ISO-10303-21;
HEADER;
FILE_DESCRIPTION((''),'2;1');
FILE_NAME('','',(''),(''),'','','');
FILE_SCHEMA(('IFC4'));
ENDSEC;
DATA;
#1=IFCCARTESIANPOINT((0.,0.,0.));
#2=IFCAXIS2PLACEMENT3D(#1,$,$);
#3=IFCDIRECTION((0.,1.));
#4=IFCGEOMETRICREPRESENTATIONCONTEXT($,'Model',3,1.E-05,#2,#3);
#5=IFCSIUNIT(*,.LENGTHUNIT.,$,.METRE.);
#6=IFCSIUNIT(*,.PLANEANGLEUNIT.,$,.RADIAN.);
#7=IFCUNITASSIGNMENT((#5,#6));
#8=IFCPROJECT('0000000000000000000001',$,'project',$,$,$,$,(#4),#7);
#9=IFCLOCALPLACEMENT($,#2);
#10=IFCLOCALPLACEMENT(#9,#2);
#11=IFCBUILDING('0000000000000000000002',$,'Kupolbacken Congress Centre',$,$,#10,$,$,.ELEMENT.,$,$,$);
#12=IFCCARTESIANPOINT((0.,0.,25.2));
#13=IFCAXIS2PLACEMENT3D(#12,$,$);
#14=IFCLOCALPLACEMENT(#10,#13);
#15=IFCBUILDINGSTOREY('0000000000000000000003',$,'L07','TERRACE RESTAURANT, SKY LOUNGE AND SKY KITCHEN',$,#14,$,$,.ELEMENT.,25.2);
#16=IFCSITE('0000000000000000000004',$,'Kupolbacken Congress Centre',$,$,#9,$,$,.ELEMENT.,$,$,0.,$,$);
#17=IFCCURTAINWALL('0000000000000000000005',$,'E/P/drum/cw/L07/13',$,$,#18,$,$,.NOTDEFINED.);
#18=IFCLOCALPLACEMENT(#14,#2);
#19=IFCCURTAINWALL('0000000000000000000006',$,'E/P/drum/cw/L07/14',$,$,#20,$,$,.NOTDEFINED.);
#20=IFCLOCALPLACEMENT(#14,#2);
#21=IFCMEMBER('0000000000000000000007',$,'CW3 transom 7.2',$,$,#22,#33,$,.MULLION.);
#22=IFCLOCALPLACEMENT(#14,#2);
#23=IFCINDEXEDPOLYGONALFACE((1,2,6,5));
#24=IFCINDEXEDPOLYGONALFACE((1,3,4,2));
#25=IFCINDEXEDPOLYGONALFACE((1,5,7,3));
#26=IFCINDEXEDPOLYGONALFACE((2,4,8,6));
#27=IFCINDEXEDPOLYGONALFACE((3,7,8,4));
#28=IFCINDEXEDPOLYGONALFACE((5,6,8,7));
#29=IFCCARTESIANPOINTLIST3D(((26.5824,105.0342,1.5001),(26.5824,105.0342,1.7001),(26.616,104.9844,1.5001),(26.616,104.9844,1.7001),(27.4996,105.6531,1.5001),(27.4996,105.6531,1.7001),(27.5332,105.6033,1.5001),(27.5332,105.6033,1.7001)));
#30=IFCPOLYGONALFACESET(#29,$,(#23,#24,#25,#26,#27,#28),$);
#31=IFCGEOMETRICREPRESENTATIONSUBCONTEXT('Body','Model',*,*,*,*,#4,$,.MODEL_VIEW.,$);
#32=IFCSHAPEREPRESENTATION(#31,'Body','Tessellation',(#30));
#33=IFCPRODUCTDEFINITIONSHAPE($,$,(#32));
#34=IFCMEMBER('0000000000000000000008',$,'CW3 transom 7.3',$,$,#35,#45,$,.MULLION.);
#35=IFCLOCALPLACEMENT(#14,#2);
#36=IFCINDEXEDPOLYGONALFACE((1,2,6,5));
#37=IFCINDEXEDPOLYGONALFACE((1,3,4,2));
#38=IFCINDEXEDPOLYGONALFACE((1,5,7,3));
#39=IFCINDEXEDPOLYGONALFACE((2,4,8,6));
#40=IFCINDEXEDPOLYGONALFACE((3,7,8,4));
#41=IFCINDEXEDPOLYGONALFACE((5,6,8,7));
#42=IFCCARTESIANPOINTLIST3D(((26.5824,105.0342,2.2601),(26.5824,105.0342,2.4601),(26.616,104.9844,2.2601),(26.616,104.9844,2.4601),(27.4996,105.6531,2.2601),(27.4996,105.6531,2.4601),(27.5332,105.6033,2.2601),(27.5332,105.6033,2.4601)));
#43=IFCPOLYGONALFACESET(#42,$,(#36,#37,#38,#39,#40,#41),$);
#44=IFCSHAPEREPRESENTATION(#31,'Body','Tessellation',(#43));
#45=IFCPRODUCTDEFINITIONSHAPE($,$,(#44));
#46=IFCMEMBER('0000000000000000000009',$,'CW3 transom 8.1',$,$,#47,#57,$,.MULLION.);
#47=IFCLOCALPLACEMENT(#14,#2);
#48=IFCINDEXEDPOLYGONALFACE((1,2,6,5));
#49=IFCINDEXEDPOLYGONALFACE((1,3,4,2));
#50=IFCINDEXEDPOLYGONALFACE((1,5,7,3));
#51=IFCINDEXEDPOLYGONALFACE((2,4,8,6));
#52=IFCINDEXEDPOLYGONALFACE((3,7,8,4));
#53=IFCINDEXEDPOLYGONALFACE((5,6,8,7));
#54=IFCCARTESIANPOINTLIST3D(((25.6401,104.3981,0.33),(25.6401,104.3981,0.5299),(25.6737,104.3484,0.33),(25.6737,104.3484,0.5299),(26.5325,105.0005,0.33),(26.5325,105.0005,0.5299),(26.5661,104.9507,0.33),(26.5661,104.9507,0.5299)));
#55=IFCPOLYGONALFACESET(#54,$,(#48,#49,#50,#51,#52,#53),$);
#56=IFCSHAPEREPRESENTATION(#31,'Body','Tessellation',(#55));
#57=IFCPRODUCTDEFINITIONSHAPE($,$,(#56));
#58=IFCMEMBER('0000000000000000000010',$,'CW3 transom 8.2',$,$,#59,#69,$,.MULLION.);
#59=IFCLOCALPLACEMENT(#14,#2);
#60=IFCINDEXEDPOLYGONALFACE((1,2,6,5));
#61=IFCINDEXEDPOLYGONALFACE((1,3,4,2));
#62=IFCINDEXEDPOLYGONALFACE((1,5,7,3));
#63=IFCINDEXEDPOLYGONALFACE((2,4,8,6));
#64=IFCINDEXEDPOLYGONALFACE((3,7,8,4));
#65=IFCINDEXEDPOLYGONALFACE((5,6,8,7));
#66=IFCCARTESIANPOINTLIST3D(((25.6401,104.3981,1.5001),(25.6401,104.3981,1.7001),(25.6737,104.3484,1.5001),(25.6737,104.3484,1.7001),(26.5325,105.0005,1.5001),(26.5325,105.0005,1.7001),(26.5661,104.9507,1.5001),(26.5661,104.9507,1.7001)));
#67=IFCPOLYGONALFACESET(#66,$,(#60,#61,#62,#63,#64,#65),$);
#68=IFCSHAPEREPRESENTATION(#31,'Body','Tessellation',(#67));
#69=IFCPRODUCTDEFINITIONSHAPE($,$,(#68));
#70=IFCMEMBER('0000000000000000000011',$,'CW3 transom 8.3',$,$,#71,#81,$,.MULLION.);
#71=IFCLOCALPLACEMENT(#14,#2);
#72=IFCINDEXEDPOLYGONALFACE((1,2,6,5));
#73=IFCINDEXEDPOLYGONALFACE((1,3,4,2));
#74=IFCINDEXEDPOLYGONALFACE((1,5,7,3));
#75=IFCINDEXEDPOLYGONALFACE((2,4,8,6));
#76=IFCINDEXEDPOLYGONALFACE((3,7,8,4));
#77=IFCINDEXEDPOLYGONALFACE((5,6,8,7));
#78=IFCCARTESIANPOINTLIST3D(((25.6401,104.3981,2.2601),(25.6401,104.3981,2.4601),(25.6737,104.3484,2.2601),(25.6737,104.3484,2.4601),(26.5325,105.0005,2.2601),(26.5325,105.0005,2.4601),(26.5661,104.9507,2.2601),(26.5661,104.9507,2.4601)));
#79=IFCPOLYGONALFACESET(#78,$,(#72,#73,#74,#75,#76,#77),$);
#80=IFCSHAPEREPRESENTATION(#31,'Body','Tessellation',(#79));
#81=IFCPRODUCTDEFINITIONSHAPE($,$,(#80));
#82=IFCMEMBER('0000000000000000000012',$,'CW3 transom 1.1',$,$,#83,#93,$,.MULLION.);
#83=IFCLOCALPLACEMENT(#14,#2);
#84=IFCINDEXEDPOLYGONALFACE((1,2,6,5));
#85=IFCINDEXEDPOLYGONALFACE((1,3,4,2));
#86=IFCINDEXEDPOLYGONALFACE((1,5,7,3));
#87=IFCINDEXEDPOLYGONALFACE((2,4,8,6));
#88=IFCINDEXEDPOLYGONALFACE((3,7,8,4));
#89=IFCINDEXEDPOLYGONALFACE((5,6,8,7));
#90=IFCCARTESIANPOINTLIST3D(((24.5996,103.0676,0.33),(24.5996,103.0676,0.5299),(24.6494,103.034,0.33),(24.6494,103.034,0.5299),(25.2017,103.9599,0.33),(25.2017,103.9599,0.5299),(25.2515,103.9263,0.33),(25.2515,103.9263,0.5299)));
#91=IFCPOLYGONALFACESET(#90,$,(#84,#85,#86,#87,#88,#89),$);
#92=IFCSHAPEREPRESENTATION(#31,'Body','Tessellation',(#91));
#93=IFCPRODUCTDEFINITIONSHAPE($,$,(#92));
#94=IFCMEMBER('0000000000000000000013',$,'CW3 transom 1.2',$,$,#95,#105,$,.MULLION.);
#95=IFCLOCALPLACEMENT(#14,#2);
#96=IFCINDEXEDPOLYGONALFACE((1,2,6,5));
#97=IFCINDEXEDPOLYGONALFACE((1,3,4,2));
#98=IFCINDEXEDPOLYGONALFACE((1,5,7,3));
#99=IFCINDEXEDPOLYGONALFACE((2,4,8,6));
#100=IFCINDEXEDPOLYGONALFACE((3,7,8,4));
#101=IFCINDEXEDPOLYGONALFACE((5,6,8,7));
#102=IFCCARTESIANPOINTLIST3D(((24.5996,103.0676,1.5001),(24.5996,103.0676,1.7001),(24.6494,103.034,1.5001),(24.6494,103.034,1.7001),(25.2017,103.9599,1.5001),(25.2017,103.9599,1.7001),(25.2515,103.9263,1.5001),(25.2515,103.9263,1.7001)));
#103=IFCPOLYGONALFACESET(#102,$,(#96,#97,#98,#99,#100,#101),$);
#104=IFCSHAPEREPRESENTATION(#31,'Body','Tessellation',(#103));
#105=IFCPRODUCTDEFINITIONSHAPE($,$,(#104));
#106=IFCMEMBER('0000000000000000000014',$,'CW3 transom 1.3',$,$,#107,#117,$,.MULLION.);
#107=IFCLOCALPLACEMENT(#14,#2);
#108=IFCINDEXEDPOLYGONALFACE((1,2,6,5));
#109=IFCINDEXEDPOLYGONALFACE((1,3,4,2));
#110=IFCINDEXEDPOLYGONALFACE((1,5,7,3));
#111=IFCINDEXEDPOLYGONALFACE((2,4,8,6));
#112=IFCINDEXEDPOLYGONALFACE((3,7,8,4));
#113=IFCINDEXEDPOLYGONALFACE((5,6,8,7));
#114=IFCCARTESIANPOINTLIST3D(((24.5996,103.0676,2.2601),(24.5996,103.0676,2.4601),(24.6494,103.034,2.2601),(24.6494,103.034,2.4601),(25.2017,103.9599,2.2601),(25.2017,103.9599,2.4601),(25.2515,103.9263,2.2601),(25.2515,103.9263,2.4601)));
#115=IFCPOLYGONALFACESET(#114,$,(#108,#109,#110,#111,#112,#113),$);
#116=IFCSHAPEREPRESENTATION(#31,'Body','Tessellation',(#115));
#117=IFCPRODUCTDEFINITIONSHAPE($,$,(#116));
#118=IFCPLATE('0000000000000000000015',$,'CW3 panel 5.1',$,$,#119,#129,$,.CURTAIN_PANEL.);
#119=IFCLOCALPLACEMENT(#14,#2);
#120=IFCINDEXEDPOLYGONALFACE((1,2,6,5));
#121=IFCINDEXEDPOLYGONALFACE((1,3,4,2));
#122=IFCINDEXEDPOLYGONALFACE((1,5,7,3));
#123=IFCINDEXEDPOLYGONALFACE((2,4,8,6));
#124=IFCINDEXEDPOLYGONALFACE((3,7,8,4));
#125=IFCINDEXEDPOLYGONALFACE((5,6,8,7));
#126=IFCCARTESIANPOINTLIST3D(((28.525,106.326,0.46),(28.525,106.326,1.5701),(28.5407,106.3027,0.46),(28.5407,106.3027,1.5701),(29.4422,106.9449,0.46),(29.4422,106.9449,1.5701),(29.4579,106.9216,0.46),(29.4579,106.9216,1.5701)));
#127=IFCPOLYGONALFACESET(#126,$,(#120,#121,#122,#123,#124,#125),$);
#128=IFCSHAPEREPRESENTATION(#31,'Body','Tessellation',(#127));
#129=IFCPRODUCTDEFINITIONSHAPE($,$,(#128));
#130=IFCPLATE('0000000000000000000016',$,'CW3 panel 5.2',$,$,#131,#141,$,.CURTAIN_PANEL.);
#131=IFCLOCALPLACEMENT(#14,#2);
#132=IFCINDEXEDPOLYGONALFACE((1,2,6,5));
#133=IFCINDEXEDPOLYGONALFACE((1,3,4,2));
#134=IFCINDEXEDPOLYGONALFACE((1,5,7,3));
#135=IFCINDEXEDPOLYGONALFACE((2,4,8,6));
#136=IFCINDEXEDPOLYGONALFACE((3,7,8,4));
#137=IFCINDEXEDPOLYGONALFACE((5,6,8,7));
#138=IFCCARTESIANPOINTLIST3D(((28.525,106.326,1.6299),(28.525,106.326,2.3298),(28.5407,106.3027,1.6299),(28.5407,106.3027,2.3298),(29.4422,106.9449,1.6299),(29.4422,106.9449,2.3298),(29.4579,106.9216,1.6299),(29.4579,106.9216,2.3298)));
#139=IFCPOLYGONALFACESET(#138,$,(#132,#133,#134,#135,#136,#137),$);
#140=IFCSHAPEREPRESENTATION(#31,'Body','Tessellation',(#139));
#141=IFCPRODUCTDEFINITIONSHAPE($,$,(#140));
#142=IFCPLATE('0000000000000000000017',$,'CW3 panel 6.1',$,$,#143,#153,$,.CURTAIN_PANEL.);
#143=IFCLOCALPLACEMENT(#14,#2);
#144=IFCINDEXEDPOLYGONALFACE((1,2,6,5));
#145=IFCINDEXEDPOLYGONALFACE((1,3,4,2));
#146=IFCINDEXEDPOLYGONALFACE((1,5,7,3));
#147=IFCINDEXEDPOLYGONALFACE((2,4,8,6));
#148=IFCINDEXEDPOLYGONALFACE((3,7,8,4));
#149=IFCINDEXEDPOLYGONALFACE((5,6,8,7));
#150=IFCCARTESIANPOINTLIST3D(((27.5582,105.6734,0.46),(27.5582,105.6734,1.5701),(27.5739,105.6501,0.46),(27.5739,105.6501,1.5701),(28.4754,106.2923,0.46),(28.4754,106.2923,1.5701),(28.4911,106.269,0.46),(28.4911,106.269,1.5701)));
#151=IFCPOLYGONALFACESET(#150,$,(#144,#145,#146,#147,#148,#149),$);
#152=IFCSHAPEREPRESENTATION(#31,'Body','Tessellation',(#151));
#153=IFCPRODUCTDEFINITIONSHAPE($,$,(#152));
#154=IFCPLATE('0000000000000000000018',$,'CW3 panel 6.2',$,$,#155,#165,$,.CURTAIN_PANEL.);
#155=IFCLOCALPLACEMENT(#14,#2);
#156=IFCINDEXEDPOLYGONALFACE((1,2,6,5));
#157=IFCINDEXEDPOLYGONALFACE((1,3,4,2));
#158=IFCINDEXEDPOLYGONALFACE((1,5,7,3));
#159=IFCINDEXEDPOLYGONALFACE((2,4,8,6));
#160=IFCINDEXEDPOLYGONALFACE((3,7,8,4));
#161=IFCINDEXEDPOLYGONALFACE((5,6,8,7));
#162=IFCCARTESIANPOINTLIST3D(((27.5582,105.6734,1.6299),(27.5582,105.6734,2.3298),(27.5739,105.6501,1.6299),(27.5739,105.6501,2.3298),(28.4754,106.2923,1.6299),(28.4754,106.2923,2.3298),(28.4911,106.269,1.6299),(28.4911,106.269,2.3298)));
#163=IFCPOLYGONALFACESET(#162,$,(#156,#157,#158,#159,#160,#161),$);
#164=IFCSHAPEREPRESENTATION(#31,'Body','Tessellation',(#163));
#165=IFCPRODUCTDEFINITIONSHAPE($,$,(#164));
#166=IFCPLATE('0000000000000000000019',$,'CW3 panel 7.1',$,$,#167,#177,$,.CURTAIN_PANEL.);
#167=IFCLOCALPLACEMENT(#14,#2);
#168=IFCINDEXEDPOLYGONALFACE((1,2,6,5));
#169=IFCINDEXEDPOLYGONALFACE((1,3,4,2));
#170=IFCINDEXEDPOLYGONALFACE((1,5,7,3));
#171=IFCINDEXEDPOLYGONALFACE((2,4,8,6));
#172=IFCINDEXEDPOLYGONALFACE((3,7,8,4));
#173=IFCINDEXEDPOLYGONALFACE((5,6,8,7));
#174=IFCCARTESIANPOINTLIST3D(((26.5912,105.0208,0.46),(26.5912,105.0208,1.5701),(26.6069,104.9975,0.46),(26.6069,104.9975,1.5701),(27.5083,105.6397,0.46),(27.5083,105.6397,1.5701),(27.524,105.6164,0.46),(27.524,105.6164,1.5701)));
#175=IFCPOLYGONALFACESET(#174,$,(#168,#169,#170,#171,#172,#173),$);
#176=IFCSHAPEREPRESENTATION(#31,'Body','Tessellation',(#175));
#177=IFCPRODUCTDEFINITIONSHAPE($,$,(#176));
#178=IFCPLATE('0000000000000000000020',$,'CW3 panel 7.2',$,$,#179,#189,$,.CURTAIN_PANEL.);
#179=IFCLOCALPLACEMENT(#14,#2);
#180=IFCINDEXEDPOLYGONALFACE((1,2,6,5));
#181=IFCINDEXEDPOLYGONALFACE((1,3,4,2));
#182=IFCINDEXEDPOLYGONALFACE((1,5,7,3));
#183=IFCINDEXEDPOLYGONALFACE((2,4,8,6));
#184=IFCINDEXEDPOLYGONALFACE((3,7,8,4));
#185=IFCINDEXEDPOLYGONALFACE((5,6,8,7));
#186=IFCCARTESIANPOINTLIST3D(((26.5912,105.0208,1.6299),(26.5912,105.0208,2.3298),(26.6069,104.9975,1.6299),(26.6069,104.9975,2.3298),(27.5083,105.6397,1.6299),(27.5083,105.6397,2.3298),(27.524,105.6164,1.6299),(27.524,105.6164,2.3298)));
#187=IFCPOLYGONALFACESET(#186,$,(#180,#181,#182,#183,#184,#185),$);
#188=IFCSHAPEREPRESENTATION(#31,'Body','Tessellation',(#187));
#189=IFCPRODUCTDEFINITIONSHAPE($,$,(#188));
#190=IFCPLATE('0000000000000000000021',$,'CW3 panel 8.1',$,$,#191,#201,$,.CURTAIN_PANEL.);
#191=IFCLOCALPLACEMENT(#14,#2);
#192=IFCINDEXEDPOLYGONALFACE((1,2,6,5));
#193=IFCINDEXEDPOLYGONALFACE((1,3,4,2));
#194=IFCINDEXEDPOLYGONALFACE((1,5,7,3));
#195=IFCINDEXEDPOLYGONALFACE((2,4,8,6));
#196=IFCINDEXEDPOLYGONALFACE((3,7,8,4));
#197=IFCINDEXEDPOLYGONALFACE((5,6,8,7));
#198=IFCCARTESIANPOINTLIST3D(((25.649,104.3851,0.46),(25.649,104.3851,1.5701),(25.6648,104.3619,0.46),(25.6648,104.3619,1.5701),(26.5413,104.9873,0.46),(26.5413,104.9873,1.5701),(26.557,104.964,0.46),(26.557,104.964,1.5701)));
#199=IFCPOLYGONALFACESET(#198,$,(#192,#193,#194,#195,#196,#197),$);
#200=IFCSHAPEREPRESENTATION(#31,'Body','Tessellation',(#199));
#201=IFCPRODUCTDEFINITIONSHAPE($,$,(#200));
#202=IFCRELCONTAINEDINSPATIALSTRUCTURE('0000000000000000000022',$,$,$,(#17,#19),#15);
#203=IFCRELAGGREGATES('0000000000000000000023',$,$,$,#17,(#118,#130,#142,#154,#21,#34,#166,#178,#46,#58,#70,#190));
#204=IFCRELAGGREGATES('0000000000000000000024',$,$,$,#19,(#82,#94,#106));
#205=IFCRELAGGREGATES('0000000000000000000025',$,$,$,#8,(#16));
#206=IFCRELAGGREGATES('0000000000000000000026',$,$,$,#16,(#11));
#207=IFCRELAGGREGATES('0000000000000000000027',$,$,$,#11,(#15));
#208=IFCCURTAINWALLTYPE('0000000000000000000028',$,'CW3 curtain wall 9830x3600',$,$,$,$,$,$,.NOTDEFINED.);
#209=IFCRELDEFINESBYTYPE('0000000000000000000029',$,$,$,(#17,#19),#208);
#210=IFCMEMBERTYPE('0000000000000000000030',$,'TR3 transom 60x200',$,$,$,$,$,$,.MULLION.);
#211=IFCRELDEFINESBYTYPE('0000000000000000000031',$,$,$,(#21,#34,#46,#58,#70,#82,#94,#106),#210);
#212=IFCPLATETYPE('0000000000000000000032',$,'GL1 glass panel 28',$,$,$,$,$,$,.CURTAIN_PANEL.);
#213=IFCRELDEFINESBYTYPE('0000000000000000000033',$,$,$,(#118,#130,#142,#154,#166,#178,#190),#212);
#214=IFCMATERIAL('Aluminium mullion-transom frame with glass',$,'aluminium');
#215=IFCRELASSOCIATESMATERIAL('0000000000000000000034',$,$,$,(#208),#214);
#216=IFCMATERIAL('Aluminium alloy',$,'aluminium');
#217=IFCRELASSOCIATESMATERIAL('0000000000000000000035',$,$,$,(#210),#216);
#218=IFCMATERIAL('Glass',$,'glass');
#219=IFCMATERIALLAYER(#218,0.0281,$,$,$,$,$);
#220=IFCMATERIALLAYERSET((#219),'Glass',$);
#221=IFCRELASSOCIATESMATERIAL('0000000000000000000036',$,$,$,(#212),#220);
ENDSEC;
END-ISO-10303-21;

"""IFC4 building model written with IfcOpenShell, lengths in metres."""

from ifc_helpers import new_model, si_unit, direction, frame, origin, origin_2d, place, context, subcontext, project, spatial, rectangle, extrude, material, layer, layer_set, material_profile, profile_set, type_object, element, aggregate, save


model = new_model("IFC4")

# Units and contexts
model_context = context("Model", 3, precision=1e-05, world=origin(), true_north=direction((0.0, 1.0)))
body_context = subcontext(model_context, "Body", "Model", "MODEL_VIEW")
ifc_project = project(units=[si_unit("LENGTHUNIT", "METRE"), si_unit("PLANEANGLEUNIT", "RADIAN")], contexts=[model_context])

# Site, building, storey
site_placement = place(None, origin())
site = spatial("IfcSite", under=ifc_project, at=site_placement, Name="Kupolbacken Congress Centre", CompositionType="ELEMENT", RefElevation=0.0)
building_placement = place(site_placement, origin())
building = spatial("IfcBuilding", under=site, at=building_placement, Name="Kupolbacken Congress Centre", CompositionType="ELEMENT")
storey_placement = place(building_placement, frame((0.0, 0.0, 25.2)))
storey = spatial("IfcBuildingStorey", under=building, at=storey_placement, Name="L07", Description="TERRACE RESTAURANT, SKY LOUNGE AND SKY KITCHEN", CompositionType="ELEMENT", Elevation=25.2)

# Curtain wall
ifc_material_1 = material(Name="Aluminium mullion-transom frame with glass", Category="aluminium")
curtain_wall_type = type_object("IfcCurtainWallType", Name="CW3 curtain wall 9830x3600", PredefinedType="NOTDEFINED", material=ifc_material_1)
curtain_wall_1_placement = place(storey_placement, origin())
curtain_wall_1 = element("IfcCurtainWall", 1, at=curtain_wall_1_placement, inside=storey, type_object=curtain_wall_type, Name="E/P/drum/cw/L07/13", PredefinedType="NOTDEFINED")

# Curtain wall
curtain_wall_2_placement = place(storey_placement, origin())
curtain_wall_2 = element("IfcCurtainWall", 2, at=curtain_wall_2_placement, inside=storey, type_object=curtain_wall_type, Name="E/P/drum/cw/L07/14", PredefinedType="NOTDEFINED")

# Members
ifc_material_2 = material(Name="Aluminium alloy", Category="aluminium")
ifc_material_profile_1 = material_profile(ifc_material_2, rectangle(XDim=0.0601, YDim=0.2, at=origin_2d()), Name="60 x 200")
ifc_profile_set_1 = profile_set([ifc_material_profile_1], Name="Aluminium alloy")
member_type_1 = type_object("IfcMemberType", Name="TR3 transom 60x200", PredefinedType="MULLION", material=ifc_profile_set_1)
member_1_placement = place(storey_placement, frame((27.5164, 105.6282, 1.6001), z_axis=(-0.828948, -0.559325, 0.0), x_axis=(0.559325, -0.828948, 0.0)))
member_1 = element("IfcMember", 3, at=member_1_placement, type_object=member_type_1, Name="CW3 transom 7.2", PredefinedType="MULLION", context=body_context, shape_type="SweptSolid", body=[
    extrude(rectangle(XDim=0.0601, YDim=0.2, at=origin_2d()), origin(), (0.0, 0.0, 1.0), 1.1064),
])
member_2_placement = place(storey_placement, frame((27.5164, 105.6282, 2.3601), z_axis=(-0.828948, -0.559325, 0.0), x_axis=(0.559325, -0.828948, 0.0)))
member_2 = element("IfcMember", 4, at=member_2_placement, type_object=member_type_1, Name="CW3 transom 7.3", PredefinedType="MULLION", context=body_context, shape_type="SweptSolid", body=[
    extrude(rectangle(XDim=0.0601, YDim=0.2, at=origin_2d()), origin(), (0.0, 0.0, 1.0), 1.1064),
])
member_3_placement = place(storey_placement, frame((26.5493, 104.9756, 0.4299), z_axis=(-0.828862, -0.559453, 0.0), x_axis=(0.559453, -0.828862, 0.0)))
member_3 = element("IfcMember", 5, at=member_3_placement, type_object=member_type_1, Name="CW3 transom 8.1", PredefinedType="MULLION", context=body_context, shape_type="SweptSolid", body=[
    extrude(rectangle(XDim=0.0601, YDim=0.2, at=origin_2d()), origin(), (0.0, 0.0, 1.0), 1.0767),
])
member_4_placement = place(storey_placement, frame((26.5493, 104.9756, 1.6001), z_axis=(-0.828862, -0.559453, 0.0), x_axis=(0.559453, -0.828862, 0.0)))
member_4 = element("IfcMember", 6, at=member_4_placement, type_object=member_type_1, Name="CW3 transom 8.2", PredefinedType="MULLION", context=body_context, shape_type="SweptSolid", body=[
    extrude(rectangle(XDim=0.0601, YDim=0.2, at=origin_2d()), origin(), (0.0, 0.0, 1.0), 1.0767),
])
member_5_placement = place(storey_placement, frame((26.5493, 104.9756, 2.3601), z_axis=(-0.828862, -0.559453, 0.0), x_axis=(0.559453, -0.828862, 0.0)))
member_5 = element("IfcMember", 7, at=member_5_placement, type_object=member_type_1, Name="CW3 transom 8.3", PredefinedType="MULLION", context=body_context, shape_type="SweptSolid", body=[
    extrude(rectangle(XDim=0.0601, YDim=0.2, at=origin_2d()), origin(), (0.0, 0.0, 1.0), 1.0767),
])
member_6_placement = place(storey_placement, frame((25.2266, 103.9431, 0.4299), z_axis=(-0.559298, -0.828967, 0.0), x_axis=(0.828967, -0.559298, 0.0)))
member_6 = element("IfcMember", 8, at=member_6_placement, type_object=member_type_1, Name="CW3 transom 1.1", PredefinedType="MULLION", context=body_context, shape_type="SweptSolid", body=[
    extrude(rectangle(XDim=0.0601, YDim=0.2, at=origin_2d()), origin(), (0.0, 0.0, 1.0), 1.0764),
])
member_7_placement = place(storey_placement, frame((25.2266, 103.9431, 1.6001), z_axis=(-0.559298, -0.828967, 0.0), x_axis=(0.828967, -0.559298, 0.0)))
member_7 = element("IfcMember", 9, at=member_7_placement, type_object=member_type_1, Name="CW3 transom 1.2", PredefinedType="MULLION", context=body_context, shape_type="SweptSolid", body=[
    extrude(rectangle(XDim=0.0601, YDim=0.2, at=origin_2d()), origin(), (0.0, 0.0, 1.0), 1.0764),
])
member_8_placement = place(storey_placement, frame((25.2266, 103.9431, 2.3601), z_axis=(-0.559298, -0.828967, 0.0), x_axis=(0.828967, -0.559298, 0.0)))
member_8 = element("IfcMember", 10, at=member_8_placement, type_object=member_type_1, Name="CW3 transom 1.3", PredefinedType="MULLION", context=body_context, shape_type="SweptSolid", body=[
    extrude(rectangle(XDim=0.0601, YDim=0.2, at=origin_2d()), origin(), (0.0, 0.0, 1.0), 1.0764),
])

# Plates
ifc_material_3 = material(Name="Glass", Category="glass")
ifc_layer_1 = layer(ifc_material_3, 0.0281)
ifc_layer_set_1 = layer_set([ifc_layer_1], Name="Glass")
plate_type = type_object("IfcPlateType", Name="GL1 glass panel 28", PredefinedType="CURTAIN_PANEL", material=ifc_layer_set_1)
plate_1_placement = place(storey_placement, frame((28.9915, 106.6238, 0.46), z_axis=(0.0, 0.0, 1.0), x_axis=(-0.828908, -0.559386, 0.0)))
plate_1 = element("IfcPlate", 11, at=plate_1_placement, type_object=plate_type, Name="CW3 panel 5.1", PredefinedType="CURTAIN_PANEL", context=body_context, shape_type="SweptSolid", body=[
    extrude(rectangle(XDim=1.1064, YDim=0.0281, at=origin_2d()), origin(), (0.0, 0.0, 1.0), 1.1101),
])
plate_2_placement = place(storey_placement, frame((28.9915, 106.6238, 1.6299), z_axis=(0.0, 0.0, 1.0), x_axis=(-0.828908, -0.559386, 0.0)))
plate_2 = element("IfcPlate", 12, at=plate_2_placement, type_object=plate_type, Name="CW3 panel 5.2", PredefinedType="CURTAIN_PANEL", context=body_context, shape_type="SweptSolid", body=[
    extrude(rectangle(XDim=1.1064, YDim=0.0281, at=origin_2d()), origin(), (0.0, 0.0, 1.0), 0.7),
])
plate_3_placement = place(storey_placement, frame((28.0247, 105.9712, 0.46), z_axis=(0.0, 0.0, 1.0), x_axis=(-0.828908, -0.559386, 0.0)))
plate_3 = element("IfcPlate", 13, at=plate_3_placement, type_object=plate_type, Name="CW3 panel 6.1", PredefinedType="CURTAIN_PANEL", context=body_context, shape_type="SweptSolid", body=[
    extrude(rectangle(XDim=1.1064, YDim=0.0281, at=origin_2d()), origin(), (0.0, 0.0, 1.0), 1.1101),
])
plate_4_placement = place(storey_placement, frame((28.0247, 105.9712, 1.6299), z_axis=(0.0, 0.0, 1.0), x_axis=(-0.828908, -0.559386, 0.0)))
plate_4 = element("IfcPlate", 14, at=plate_4_placement, type_object=plate_type, Name="CW3 panel 6.2", PredefinedType="CURTAIN_PANEL", context=body_context, shape_type="SweptSolid", body=[
    extrude(rectangle(XDim=1.1064, YDim=0.0281, at=origin_2d()), origin(), (0.0, 0.0, 1.0), 0.7),
])
plate_5_placement = place(storey_placement, frame((27.0576, 105.3186, 0.46), z_axis=(0.0, 0.0, 1.0), x_axis=(-0.828908, -0.559386, 0.0)))
plate_5 = element("IfcPlate", 15, at=plate_5_placement, type_object=plate_type, Name="CW3 panel 7.1", PredefinedType="CURTAIN_PANEL", context=body_context, shape_type="SweptSolid", body=[
    extrude(rectangle(XDim=1.1064, YDim=0.0281, at=origin_2d()), origin(), (0.0, 0.0, 1.0), 1.1101),
])
plate_6_placement = place(storey_placement, frame((27.0576, 105.3186, 1.6299), z_axis=(0.0, 0.0, 1.0), x_axis=(-0.828908, -0.559386, 0.0)))
plate_6 = element("IfcPlate", 16, at=plate_6_placement, type_object=plate_type, Name="CW3 panel 7.2", PredefinedType="CURTAIN_PANEL", context=body_context, shape_type="SweptSolid", body=[
    extrude(rectangle(XDim=1.1064, YDim=0.0281, at=origin_2d()), origin(), (0.0, 0.0, 1.0), 0.7),
])
plate_7_placement = place(storey_placement, frame((26.103, 104.6746, 0.46), z_axis=(0.0, 0.0, 1.0), x_axis=(-0.828908, -0.559386, 0.0)))
plate_7 = element("IfcPlate", 17, at=plate_7_placement, type_object=plate_type, Name="CW3 panel 8.1", PredefinedType="CURTAIN_PANEL", context=body_context, shape_type="SweptSolid", body=[
    extrude(rectangle(XDim=1.0764, YDim=0.0281, at=origin_2d()), origin(), (0.0, 0.0, 1.0), 1.1101),
])
aggregate(curtain_wall_1, [plate_1, plate_2, plate_3, plate_4, member_1, member_2, plate_5, plate_6, member_3, member_4, member_5, plate_7])
aggregate(curtain_wall_2, [member_6, member_7, member_8])

save(model, "model.ifc")
